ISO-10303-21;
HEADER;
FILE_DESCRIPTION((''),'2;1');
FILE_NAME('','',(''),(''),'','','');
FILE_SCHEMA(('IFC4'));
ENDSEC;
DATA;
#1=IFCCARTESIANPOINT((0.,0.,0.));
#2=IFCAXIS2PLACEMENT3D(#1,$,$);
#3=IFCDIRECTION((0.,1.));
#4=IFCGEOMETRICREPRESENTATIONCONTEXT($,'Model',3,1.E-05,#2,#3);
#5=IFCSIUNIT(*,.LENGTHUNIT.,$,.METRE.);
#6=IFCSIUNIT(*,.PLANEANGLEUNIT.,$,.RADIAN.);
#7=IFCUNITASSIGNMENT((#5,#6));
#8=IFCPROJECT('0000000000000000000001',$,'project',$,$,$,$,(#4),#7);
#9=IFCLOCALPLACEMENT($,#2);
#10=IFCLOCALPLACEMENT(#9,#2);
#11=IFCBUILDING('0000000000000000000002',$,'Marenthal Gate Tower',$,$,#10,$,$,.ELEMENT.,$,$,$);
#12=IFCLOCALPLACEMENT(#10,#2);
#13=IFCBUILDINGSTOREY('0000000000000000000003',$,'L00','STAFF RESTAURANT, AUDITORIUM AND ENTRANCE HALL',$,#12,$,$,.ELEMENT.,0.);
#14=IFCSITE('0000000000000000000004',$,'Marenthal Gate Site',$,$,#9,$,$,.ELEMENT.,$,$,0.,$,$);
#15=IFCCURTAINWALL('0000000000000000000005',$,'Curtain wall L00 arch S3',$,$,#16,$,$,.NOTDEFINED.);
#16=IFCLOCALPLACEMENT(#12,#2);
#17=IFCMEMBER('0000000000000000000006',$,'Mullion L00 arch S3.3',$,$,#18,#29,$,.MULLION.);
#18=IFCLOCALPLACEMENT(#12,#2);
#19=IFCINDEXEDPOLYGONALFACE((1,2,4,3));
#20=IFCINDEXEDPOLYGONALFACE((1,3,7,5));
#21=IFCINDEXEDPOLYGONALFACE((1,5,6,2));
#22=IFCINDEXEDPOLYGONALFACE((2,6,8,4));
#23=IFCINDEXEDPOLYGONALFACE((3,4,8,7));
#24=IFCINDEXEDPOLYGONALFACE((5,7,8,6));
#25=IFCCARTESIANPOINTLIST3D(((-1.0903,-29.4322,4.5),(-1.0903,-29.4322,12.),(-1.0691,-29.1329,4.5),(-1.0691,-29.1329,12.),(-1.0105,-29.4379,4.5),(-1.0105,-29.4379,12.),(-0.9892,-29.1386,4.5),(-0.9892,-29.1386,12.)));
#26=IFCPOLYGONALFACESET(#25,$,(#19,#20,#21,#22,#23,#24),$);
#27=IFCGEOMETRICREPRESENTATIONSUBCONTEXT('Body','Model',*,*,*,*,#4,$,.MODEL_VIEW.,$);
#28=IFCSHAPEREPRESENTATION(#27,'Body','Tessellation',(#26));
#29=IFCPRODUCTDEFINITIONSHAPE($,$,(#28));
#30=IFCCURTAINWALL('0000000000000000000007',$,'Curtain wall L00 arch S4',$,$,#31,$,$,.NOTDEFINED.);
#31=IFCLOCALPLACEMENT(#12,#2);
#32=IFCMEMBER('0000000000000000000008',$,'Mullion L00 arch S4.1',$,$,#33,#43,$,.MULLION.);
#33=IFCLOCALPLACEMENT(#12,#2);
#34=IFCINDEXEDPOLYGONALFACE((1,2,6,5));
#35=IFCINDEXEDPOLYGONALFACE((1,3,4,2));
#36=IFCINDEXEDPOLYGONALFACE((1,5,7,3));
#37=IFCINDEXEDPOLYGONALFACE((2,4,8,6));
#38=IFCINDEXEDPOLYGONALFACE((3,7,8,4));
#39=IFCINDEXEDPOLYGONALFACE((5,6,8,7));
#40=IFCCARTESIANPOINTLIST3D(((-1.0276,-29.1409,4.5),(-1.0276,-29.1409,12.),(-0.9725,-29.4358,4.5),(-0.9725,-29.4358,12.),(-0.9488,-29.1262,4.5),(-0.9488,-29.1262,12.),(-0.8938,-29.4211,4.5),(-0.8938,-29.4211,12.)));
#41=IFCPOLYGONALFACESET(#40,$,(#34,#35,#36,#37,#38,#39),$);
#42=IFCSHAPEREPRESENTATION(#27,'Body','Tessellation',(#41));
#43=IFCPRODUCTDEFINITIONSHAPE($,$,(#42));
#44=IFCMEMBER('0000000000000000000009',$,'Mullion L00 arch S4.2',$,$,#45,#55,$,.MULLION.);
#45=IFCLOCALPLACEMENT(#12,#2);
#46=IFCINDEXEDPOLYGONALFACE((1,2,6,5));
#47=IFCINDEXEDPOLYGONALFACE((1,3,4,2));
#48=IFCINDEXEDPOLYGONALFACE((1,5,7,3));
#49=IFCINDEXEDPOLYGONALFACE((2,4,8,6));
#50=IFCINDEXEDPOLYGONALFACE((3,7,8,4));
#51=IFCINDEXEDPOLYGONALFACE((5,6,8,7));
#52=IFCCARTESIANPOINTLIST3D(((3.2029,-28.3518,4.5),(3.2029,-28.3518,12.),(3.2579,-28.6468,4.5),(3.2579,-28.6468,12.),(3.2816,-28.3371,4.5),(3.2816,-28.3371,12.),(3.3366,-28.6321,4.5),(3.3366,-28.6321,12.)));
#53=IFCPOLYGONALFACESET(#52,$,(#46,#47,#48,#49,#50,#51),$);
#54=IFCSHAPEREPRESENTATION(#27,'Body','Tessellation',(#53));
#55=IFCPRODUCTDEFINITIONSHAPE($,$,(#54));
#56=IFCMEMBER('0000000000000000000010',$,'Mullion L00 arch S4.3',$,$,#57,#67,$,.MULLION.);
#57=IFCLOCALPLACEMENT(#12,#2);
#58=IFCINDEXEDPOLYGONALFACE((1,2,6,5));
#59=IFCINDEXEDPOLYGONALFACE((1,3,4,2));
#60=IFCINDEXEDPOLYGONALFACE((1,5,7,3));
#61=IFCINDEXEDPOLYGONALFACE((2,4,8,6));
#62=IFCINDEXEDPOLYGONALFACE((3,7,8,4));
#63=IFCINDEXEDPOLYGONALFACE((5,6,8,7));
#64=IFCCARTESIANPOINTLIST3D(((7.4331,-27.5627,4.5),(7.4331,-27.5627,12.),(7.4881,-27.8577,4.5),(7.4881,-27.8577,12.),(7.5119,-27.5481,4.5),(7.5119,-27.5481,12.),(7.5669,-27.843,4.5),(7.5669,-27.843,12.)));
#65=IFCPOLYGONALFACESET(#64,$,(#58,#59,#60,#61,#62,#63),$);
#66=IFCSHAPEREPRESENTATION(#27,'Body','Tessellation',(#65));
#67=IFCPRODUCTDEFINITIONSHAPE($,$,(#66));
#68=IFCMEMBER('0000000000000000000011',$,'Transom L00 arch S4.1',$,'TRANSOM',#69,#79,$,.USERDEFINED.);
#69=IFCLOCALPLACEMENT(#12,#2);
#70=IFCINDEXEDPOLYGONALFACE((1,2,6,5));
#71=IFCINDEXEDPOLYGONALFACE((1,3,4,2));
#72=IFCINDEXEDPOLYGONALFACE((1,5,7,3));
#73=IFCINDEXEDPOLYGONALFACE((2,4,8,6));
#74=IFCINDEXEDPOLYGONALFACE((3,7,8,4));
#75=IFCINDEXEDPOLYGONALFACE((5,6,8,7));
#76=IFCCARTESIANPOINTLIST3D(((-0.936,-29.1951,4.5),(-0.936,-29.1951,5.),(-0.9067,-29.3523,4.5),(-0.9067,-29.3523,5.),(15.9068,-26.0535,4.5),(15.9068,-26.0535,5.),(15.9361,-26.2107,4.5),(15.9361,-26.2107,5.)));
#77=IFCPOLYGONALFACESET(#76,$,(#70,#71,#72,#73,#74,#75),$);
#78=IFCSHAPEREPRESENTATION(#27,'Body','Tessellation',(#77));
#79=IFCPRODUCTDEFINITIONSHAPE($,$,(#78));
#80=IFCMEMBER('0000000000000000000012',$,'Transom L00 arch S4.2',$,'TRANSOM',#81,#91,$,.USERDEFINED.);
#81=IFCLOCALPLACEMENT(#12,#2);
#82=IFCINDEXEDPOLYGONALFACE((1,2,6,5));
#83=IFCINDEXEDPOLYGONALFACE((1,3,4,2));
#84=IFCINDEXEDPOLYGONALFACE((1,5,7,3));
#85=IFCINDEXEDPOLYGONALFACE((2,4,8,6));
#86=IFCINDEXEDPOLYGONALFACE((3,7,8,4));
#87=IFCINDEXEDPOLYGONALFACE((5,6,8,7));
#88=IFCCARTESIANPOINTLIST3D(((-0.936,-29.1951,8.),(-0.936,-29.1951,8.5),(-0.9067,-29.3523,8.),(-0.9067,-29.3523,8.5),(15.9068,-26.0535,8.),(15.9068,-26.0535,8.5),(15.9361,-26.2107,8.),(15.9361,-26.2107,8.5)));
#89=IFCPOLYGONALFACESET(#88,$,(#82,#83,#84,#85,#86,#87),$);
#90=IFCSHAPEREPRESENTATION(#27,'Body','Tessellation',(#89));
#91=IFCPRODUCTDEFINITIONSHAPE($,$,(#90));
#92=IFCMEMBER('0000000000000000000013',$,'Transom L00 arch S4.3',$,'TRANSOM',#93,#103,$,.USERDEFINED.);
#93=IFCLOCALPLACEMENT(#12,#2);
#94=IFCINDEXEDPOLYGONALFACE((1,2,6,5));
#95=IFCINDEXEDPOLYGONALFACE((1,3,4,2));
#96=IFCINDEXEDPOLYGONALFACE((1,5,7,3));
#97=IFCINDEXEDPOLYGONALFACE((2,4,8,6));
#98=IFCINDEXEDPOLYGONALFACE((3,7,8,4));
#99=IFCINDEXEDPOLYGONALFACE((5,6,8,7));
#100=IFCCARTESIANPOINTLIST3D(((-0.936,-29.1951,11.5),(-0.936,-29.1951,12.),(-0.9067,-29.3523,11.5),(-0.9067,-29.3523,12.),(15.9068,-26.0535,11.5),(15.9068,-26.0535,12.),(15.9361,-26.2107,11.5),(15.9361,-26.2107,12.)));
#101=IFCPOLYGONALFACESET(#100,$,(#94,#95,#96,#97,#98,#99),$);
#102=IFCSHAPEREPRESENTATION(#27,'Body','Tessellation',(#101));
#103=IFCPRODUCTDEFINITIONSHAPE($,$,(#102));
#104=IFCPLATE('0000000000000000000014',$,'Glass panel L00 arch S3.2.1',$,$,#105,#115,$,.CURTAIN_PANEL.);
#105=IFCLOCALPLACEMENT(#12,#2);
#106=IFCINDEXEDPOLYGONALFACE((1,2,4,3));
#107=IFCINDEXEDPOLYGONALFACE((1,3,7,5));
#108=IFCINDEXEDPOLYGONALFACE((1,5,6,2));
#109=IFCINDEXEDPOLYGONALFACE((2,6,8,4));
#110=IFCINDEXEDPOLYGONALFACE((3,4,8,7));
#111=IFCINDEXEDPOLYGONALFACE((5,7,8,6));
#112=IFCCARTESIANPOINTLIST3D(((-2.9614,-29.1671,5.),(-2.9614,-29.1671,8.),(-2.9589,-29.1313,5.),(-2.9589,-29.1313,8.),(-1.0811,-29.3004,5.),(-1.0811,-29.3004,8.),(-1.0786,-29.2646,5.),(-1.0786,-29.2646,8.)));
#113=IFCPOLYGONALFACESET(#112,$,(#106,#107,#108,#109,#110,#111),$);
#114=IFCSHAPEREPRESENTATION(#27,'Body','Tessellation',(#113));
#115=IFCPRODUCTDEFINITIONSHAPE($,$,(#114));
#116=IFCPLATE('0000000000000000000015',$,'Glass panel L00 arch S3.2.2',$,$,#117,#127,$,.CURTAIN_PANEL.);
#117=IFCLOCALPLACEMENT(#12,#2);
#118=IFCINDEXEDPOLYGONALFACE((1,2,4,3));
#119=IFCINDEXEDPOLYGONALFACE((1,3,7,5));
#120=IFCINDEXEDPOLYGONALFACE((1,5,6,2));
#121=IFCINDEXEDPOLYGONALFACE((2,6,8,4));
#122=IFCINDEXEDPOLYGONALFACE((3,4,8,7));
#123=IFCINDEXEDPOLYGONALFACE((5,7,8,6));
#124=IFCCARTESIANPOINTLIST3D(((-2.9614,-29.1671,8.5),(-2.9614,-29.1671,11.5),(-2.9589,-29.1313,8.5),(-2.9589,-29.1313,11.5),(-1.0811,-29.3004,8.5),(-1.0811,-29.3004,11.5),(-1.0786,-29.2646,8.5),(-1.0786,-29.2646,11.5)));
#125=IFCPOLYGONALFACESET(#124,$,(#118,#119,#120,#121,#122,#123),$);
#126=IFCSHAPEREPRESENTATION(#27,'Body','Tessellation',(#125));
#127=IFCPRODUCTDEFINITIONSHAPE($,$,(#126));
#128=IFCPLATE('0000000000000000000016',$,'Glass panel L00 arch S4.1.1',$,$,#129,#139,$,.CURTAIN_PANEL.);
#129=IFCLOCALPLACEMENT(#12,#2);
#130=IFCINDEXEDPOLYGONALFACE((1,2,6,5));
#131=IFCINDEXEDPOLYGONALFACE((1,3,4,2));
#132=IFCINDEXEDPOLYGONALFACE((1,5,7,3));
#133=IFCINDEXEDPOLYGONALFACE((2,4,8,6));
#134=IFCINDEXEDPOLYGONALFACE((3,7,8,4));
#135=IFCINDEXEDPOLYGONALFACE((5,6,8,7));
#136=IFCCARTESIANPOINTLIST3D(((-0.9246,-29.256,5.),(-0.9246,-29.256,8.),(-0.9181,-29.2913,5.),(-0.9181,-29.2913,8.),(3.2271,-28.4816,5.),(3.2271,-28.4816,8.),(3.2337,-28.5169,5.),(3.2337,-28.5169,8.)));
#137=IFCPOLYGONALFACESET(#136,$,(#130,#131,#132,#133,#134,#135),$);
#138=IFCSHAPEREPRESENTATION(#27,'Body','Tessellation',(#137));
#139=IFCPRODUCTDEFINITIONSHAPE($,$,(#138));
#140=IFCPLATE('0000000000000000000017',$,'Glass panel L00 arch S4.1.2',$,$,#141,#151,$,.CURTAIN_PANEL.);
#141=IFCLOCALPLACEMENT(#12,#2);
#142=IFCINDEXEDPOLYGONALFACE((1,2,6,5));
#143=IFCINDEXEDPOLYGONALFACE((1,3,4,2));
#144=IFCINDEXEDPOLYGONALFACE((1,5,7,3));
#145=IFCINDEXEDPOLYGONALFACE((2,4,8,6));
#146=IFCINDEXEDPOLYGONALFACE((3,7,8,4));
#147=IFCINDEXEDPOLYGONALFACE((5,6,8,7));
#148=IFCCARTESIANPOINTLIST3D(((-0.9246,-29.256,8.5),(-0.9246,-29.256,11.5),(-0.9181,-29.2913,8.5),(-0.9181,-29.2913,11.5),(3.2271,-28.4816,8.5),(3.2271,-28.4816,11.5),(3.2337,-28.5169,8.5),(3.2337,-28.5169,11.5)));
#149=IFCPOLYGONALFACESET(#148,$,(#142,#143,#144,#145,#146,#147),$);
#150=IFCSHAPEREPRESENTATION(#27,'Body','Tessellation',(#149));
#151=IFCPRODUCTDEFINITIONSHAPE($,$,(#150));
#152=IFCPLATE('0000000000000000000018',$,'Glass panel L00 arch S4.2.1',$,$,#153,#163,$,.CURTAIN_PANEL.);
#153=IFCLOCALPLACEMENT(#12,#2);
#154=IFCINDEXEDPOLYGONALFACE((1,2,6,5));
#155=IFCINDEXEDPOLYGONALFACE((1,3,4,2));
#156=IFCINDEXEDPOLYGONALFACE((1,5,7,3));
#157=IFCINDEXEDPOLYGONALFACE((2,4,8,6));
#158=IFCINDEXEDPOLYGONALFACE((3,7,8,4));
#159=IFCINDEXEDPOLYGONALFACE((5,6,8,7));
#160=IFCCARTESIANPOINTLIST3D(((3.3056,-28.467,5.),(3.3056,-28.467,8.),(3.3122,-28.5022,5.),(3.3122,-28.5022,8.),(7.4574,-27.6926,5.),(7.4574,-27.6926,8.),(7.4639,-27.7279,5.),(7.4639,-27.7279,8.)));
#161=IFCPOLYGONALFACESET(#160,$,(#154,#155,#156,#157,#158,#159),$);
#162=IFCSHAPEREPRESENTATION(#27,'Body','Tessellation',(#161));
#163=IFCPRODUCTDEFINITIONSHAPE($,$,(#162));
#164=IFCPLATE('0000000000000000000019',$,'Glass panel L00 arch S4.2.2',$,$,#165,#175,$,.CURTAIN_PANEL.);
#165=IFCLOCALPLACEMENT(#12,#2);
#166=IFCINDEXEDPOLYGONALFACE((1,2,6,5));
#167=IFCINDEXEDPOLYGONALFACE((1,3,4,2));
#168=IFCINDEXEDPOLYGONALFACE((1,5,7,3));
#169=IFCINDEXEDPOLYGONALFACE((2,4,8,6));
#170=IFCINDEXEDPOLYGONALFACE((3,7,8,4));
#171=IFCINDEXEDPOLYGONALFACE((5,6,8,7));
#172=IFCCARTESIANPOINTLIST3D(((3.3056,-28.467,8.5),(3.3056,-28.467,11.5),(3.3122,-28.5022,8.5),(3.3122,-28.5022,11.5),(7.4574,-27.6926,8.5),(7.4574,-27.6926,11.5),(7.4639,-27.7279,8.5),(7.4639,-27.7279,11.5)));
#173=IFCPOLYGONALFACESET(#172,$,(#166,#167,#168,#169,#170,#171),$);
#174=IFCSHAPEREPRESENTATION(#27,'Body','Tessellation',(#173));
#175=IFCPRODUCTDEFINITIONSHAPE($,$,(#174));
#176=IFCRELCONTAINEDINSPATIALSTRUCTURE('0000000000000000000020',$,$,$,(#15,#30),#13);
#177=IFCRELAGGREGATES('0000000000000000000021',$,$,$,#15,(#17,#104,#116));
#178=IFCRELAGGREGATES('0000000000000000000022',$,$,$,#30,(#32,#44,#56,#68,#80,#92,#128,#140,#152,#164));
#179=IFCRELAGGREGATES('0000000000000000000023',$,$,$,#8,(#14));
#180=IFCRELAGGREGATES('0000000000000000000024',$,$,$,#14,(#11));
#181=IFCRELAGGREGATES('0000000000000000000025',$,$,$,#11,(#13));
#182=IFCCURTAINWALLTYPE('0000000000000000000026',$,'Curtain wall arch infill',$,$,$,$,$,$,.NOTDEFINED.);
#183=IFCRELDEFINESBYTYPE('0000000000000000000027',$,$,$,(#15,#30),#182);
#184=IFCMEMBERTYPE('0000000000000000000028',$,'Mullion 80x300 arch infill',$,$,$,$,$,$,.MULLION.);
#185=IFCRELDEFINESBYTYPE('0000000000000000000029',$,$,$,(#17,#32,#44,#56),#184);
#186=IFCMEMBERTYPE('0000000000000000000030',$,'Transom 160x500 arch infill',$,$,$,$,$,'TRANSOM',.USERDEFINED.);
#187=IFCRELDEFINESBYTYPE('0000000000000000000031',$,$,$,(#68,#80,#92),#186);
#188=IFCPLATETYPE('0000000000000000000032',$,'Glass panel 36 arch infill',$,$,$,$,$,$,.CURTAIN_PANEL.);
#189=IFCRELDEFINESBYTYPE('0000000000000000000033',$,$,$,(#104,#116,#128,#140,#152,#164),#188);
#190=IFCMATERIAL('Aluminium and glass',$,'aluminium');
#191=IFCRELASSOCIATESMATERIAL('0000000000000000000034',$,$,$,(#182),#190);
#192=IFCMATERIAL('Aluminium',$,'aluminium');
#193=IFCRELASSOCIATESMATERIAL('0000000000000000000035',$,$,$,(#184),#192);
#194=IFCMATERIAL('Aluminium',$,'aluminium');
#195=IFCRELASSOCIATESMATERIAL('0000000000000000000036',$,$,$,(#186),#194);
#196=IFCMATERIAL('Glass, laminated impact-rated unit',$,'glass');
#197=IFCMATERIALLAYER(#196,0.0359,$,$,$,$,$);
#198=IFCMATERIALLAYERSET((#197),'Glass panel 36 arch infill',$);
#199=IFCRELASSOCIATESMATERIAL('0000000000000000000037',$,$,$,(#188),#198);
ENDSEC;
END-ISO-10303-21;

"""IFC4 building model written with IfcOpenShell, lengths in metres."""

from ifc_helpers import new_model, si_unit, direction, frame, origin, origin_2d, place, context, subcontext, project, spatial, rectangle, extrude, material, layer, layer_set, material_profile, profile_set, type_object, element, aggregate, save


model = new_model("IFC4")

# Units and contexts
model_context = context("Model", 3, precision=1e-05, world=origin(), true_north=direction((0.0, 1.0)))
body_context = subcontext(model_context, "Body", "Model", "MODEL_VIEW")
ifc_project = project(units=[si_unit("LENGTHUNIT", "METRE"), si_unit("PLANEANGLEUNIT", "RADIAN")], contexts=[model_context])

# Site, building, storey
site_placement = place(None, origin())
site = spatial("IfcSite", under=ifc_project, at=site_placement, Name="Marenthal Gate Site", CompositionType="ELEMENT", RefElevation=0.0)
building_placement = place(site_placement, origin())
building = spatial("IfcBuilding", under=site, at=building_placement, Name="Marenthal Gate Tower", CompositionType="ELEMENT")
storey_placement = place(building_placement, origin())
storey = spatial("IfcBuildingStorey", under=building, at=storey_placement, Name="L00", Description="STAFF RESTAURANT, AUDITORIUM AND ENTRANCE HALL", CompositionType="ELEMENT", Elevation=0.0)

# Curtain wall, member
ifc_material_1 = material(Name="Aluminium and glass", Category="aluminium")
curtain_wall_type = type_object("IfcCurtainWallType", Name="Curtain wall arch infill", PredefinedType="NOTDEFINED", material=ifc_material_1)
curtain_wall_1_placement = place(storey_placement, origin())
curtain_wall_1 = element("IfcCurtainWall", 1, at=curtain_wall_1_placement, inside=storey, type_object=curtain_wall_type, Name="Curtain wall L00 arch S3", PredefinedType="NOTDEFINED")
ifc_material_2 = material(Name="Aluminium", Category="aluminium")
ifc_material_profile_1 = material_profile(ifc_material_2, rectangle(XDim=0.3, YDim=0.0801, at=origin_2d()), Name="80x300 aluminium mullion")
ifc_profile_set_1 = profile_set([ifc_material_profile_1], Name="Aluminium")
member_type_1 = type_object("IfcMemberType", Name="Mullion 80x300 arch infill", PredefinedType="MULLION", material=ifc_profile_set_1)
member_1_placement = place(storey_placement, frame((-1.0398, -29.2854, 4.5), z_axis=(0.0, 0.0, 1.0), x_axis=(0.070735, 0.997495, 0.0)))
member_1 = element("IfcMember", 2, at=member_1_placement, type_object=member_type_1, Name="Mullion L00 arch S3.3", PredefinedType="MULLION", context=body_context, shape_type="SweptSolid", body=[
    extrude(rectangle(XDim=0.3, YDim=0.0801, at=origin_2d()), origin(), (0.0, 0.0, 1.0), 7.5),
])

# Curtain wall, members
curtain_wall_2_placement = place(storey_placement, origin())
curtain_wall_2 = element("IfcCurtainWall", 3, at=curtain_wall_2_placement, inside=storey, type_object=curtain_wall_type, Name="Curtain wall L00 arch S4", PredefinedType="NOTDEFINED")
member_2_placement = place(storey_placement, frame((-0.9607, -29.281, 4.5), z_axis=(0.0, 0.0, 1.0), x_axis=(-0.183357, 0.983046, 0.0)))
member_2 = element("IfcMember", 4, at=member_2_placement, type_object=member_type_1, Name="Mullion L00 arch S4.1", PredefinedType="MULLION", context=body_context, shape_type="SweptSolid", body=[
    extrude(rectangle(XDim=0.3, YDim=0.0801, at=origin_2d()), origin(), (0.0, 0.0, 1.0), 7.5),
])
member_3_placement = place(storey_placement, frame((3.2698, -28.4919, 4.5), z_axis=(0.0, 0.0, 1.0), x_axis=(-0.183357, 0.983046, 0.0)))
member_3 = element("IfcMember", 5, at=member_3_placement, type_object=member_type_1, Name="Mullion L00 arch S4.2", PredefinedType="MULLION", context=body_context, shape_type="SweptSolid", body=[
    extrude(rectangle(XDim=0.3, YDim=0.0801, at=origin_2d()), origin(), (0.0, 0.0, 1.0), 7.5),
])
member_4_placement = place(storey_placement, frame((7.5, -27.7029, 4.5), z_axis=(0.0, 0.0, 1.0), x_axis=(-0.183357, 0.983046, 0.0)))
member_4 = element("IfcMember", 6, at=member_4_placement, type_object=member_type_1, Name="Mullion L00 arch S4.3", PredefinedType="MULLION", context=body_context, shape_type="SweptSolid", body=[
    extrude(rectangle(XDim=0.3, YDim=0.0801, at=origin_2d()), origin(), (0.0, 0.0, 1.0), 7.5),
])
ifc_material_3 = material(Name="Aluminium", Category="aluminium")
ifc_material_profile_2 = material_profile(ifc_material_3, rectangle(XDim=0.1599, YDim=0.5, at=origin_2d()), Name="160x500 aluminium transom")
ifc_profile_set_2 = profile_set([ifc_material_profile_2], Name="Aluminium")
member_type_2 = type_object("IfcMemberType", Name="Transom 160x500 arch infill", ElementType="TRANSOM", PredefinedType="USERDEFINED", material=ifc_profile_set_2)
member_5_placement = place(storey_placement, frame((-0.9214, -29.2737, 4.75), z_axis=(0.983045, 0.183363, 0.0), x_axis=(-0.183363, 0.983045, 0.0)))
member_5 = element("IfcMember", 7, at=member_5_placement, type_object=member_type_2, Name="Transom L00 arch S4.1", ObjectType="TRANSOM", PredefinedType="USERDEFINED", context=body_context, shape_type="SweptSolid", body=[
    extrude(rectangle(XDim=0.1599, YDim=0.5, at=origin_2d()), origin(), (0.0, 0.0, 1.0), 17.1333),
])
member_6_placement = place(storey_placement, frame((-0.9214, -29.2737, 8.25), z_axis=(0.983045, 0.183363, 0.0), x_axis=(-0.183363, 0.983045, 0.0)))
member_6 = element("IfcMember", 8, at=member_6_placement, type_object=member_type_2, Name="Transom L00 arch S4.2", ObjectType="TRANSOM", PredefinedType="USERDEFINED", context=body_context, shape_type="SweptSolid", body=[
    extrude(rectangle(XDim=0.1599, YDim=0.5, at=origin_2d()), origin(), (0.0, 0.0, 1.0), 17.1333),
])
member_7_placement = place(storey_placement, frame((-0.9214, -29.2737, 11.75), z_axis=(0.983045, 0.183363, 0.0), x_axis=(-0.183363, 0.983045, 0.0)))
member_7 = element("IfcMember", 9, at=member_7_placement, type_object=member_type_2, Name="Transom L00 arch S4.3", ObjectType="TRANSOM", PredefinedType="USERDEFINED", context=body_context, shape_type="SweptSolid", body=[
    extrude(rectangle(XDim=0.1599, YDim=0.5, at=origin_2d()), origin(), (0.0, 0.0, 1.0), 17.1333),
])

# Plates
ifc_material_4 = material(Name="Glass, laminated impact-rated unit", Category="glass")
ifc_layer_1 = layer(ifc_material_4, 0.0359)
ifc_layer_set_1 = layer_set([ifc_layer_1], Name="Glass panel 36 arch infill")
plate_type = type_object("IfcPlateType", Name="Glass panel 36 arch infill", PredefinedType="CURTAIN_PANEL", material=ifc_layer_set_1)
plate_1_placement = place(storey_placement, frame((-2.02, -29.2158, 5.0), z_axis=(0.0, 0.0, 1.0), x_axis=(0.997495, -0.070735, 0.0)))
plate_1 = element("IfcPlate", 10, at=plate_1_placement, type_object=plate_type, Name="Glass panel L00 arch S3.2.1", PredefinedType="CURTAIN_PANEL", context=body_context, shape_type="SweptSolid", body=[
    extrude(rectangle(XDim=1.885, YDim=0.0359, at=origin_2d()), origin(), (0.0, 0.0, 1.0), 3.0),
])
plate_2_placement = place(storey_placement, frame((-2.02, -29.2158, 8.5), z_axis=(0.0, 0.0, 1.0), x_axis=(0.997495, -0.070735, 0.0)))
plate_2 = element("IfcPlate", 11, at=plate_2_placement, type_object=plate_type, Name="Glass panel L00 arch S3.2.2", PredefinedType="CURTAIN_PANEL", context=body_context, shape_type="SweptSolid", body=[
    extrude(rectangle(XDim=1.885, YDim=0.0359, at=origin_2d()), origin(), (0.0, 0.0, 1.0), 3.0),
])
aggregate(curtain_wall_1, [member_1, plate_1, plate_2])
plate_3_placement = place(storey_placement, frame((1.1545, -28.8865, 5.0), z_axis=(0.0, 0.0, 1.0), x_axis=(0.983046, 0.183357, 0.0)))
plate_3 = element("IfcPlate", 12, at=plate_3_placement, type_object=plate_type, Name="Glass panel L00 arch S4.1.1", PredefinedType="CURTAIN_PANEL", context=body_context, shape_type="SweptSolid", body=[
    extrude(rectangle(XDim=4.2234, YDim=0.0359, at=origin_2d()), origin(), (0.0, 0.0, 1.0), 3.0),
])
plate_4_placement = place(storey_placement, frame((1.1545, -28.8865, 8.5), z_axis=(0.0, 0.0, 1.0), x_axis=(0.983046, 0.183357, 0.0)))
plate_4 = element("IfcPlate", 13, at=plate_4_placement, type_object=plate_type, Name="Glass panel L00 arch S4.1.2", PredefinedType="CURTAIN_PANEL", context=body_context, shape_type="SweptSolid", body=[
    extrude(rectangle(XDim=4.2234, YDim=0.0359, at=origin_2d()), origin(), (0.0, 0.0, 1.0), 3.0),
])
plate_5_placement = place(storey_placement, frame((5.3848, -28.0974, 5.0), z_axis=(0.0, 0.0, 1.0), x_axis=(0.983046, 0.183357, 0.0)))
plate_5 = element("IfcPlate", 14, at=plate_5_placement, type_object=plate_type, Name="Glass panel L00 arch S4.2.1", PredefinedType="CURTAIN_PANEL", context=body_context, shape_type="SweptSolid", body=[
    extrude(rectangle(XDim=4.2234, YDim=0.0359, at=origin_2d()), origin(), (0.0, 0.0, 1.0), 3.0),
])
plate_6_placement = place(storey_placement, frame((5.3848, -28.0974, 8.5), z_axis=(0.0, 0.0, 1.0), x_axis=(0.983046, 0.183357, 0.0)))
plate_6 = element("IfcPlate", 15, at=plate_6_placement, type_object=plate_type, Name="Glass panel L00 arch S4.2.2", PredefinedType="CURTAIN_PANEL", context=body_context, shape_type="SweptSolid", body=[
    extrude(rectangle(XDim=4.2234, YDim=0.0359, at=origin_2d()), origin(), (0.0, 0.0, 1.0), 3.0),
])
aggregate(curtain_wall_2, [member_2, member_3, member_4, member_5, member_6, member_7, plate_3, plate_4, plate_5, plate_6])

save(model, "model.ifc")
